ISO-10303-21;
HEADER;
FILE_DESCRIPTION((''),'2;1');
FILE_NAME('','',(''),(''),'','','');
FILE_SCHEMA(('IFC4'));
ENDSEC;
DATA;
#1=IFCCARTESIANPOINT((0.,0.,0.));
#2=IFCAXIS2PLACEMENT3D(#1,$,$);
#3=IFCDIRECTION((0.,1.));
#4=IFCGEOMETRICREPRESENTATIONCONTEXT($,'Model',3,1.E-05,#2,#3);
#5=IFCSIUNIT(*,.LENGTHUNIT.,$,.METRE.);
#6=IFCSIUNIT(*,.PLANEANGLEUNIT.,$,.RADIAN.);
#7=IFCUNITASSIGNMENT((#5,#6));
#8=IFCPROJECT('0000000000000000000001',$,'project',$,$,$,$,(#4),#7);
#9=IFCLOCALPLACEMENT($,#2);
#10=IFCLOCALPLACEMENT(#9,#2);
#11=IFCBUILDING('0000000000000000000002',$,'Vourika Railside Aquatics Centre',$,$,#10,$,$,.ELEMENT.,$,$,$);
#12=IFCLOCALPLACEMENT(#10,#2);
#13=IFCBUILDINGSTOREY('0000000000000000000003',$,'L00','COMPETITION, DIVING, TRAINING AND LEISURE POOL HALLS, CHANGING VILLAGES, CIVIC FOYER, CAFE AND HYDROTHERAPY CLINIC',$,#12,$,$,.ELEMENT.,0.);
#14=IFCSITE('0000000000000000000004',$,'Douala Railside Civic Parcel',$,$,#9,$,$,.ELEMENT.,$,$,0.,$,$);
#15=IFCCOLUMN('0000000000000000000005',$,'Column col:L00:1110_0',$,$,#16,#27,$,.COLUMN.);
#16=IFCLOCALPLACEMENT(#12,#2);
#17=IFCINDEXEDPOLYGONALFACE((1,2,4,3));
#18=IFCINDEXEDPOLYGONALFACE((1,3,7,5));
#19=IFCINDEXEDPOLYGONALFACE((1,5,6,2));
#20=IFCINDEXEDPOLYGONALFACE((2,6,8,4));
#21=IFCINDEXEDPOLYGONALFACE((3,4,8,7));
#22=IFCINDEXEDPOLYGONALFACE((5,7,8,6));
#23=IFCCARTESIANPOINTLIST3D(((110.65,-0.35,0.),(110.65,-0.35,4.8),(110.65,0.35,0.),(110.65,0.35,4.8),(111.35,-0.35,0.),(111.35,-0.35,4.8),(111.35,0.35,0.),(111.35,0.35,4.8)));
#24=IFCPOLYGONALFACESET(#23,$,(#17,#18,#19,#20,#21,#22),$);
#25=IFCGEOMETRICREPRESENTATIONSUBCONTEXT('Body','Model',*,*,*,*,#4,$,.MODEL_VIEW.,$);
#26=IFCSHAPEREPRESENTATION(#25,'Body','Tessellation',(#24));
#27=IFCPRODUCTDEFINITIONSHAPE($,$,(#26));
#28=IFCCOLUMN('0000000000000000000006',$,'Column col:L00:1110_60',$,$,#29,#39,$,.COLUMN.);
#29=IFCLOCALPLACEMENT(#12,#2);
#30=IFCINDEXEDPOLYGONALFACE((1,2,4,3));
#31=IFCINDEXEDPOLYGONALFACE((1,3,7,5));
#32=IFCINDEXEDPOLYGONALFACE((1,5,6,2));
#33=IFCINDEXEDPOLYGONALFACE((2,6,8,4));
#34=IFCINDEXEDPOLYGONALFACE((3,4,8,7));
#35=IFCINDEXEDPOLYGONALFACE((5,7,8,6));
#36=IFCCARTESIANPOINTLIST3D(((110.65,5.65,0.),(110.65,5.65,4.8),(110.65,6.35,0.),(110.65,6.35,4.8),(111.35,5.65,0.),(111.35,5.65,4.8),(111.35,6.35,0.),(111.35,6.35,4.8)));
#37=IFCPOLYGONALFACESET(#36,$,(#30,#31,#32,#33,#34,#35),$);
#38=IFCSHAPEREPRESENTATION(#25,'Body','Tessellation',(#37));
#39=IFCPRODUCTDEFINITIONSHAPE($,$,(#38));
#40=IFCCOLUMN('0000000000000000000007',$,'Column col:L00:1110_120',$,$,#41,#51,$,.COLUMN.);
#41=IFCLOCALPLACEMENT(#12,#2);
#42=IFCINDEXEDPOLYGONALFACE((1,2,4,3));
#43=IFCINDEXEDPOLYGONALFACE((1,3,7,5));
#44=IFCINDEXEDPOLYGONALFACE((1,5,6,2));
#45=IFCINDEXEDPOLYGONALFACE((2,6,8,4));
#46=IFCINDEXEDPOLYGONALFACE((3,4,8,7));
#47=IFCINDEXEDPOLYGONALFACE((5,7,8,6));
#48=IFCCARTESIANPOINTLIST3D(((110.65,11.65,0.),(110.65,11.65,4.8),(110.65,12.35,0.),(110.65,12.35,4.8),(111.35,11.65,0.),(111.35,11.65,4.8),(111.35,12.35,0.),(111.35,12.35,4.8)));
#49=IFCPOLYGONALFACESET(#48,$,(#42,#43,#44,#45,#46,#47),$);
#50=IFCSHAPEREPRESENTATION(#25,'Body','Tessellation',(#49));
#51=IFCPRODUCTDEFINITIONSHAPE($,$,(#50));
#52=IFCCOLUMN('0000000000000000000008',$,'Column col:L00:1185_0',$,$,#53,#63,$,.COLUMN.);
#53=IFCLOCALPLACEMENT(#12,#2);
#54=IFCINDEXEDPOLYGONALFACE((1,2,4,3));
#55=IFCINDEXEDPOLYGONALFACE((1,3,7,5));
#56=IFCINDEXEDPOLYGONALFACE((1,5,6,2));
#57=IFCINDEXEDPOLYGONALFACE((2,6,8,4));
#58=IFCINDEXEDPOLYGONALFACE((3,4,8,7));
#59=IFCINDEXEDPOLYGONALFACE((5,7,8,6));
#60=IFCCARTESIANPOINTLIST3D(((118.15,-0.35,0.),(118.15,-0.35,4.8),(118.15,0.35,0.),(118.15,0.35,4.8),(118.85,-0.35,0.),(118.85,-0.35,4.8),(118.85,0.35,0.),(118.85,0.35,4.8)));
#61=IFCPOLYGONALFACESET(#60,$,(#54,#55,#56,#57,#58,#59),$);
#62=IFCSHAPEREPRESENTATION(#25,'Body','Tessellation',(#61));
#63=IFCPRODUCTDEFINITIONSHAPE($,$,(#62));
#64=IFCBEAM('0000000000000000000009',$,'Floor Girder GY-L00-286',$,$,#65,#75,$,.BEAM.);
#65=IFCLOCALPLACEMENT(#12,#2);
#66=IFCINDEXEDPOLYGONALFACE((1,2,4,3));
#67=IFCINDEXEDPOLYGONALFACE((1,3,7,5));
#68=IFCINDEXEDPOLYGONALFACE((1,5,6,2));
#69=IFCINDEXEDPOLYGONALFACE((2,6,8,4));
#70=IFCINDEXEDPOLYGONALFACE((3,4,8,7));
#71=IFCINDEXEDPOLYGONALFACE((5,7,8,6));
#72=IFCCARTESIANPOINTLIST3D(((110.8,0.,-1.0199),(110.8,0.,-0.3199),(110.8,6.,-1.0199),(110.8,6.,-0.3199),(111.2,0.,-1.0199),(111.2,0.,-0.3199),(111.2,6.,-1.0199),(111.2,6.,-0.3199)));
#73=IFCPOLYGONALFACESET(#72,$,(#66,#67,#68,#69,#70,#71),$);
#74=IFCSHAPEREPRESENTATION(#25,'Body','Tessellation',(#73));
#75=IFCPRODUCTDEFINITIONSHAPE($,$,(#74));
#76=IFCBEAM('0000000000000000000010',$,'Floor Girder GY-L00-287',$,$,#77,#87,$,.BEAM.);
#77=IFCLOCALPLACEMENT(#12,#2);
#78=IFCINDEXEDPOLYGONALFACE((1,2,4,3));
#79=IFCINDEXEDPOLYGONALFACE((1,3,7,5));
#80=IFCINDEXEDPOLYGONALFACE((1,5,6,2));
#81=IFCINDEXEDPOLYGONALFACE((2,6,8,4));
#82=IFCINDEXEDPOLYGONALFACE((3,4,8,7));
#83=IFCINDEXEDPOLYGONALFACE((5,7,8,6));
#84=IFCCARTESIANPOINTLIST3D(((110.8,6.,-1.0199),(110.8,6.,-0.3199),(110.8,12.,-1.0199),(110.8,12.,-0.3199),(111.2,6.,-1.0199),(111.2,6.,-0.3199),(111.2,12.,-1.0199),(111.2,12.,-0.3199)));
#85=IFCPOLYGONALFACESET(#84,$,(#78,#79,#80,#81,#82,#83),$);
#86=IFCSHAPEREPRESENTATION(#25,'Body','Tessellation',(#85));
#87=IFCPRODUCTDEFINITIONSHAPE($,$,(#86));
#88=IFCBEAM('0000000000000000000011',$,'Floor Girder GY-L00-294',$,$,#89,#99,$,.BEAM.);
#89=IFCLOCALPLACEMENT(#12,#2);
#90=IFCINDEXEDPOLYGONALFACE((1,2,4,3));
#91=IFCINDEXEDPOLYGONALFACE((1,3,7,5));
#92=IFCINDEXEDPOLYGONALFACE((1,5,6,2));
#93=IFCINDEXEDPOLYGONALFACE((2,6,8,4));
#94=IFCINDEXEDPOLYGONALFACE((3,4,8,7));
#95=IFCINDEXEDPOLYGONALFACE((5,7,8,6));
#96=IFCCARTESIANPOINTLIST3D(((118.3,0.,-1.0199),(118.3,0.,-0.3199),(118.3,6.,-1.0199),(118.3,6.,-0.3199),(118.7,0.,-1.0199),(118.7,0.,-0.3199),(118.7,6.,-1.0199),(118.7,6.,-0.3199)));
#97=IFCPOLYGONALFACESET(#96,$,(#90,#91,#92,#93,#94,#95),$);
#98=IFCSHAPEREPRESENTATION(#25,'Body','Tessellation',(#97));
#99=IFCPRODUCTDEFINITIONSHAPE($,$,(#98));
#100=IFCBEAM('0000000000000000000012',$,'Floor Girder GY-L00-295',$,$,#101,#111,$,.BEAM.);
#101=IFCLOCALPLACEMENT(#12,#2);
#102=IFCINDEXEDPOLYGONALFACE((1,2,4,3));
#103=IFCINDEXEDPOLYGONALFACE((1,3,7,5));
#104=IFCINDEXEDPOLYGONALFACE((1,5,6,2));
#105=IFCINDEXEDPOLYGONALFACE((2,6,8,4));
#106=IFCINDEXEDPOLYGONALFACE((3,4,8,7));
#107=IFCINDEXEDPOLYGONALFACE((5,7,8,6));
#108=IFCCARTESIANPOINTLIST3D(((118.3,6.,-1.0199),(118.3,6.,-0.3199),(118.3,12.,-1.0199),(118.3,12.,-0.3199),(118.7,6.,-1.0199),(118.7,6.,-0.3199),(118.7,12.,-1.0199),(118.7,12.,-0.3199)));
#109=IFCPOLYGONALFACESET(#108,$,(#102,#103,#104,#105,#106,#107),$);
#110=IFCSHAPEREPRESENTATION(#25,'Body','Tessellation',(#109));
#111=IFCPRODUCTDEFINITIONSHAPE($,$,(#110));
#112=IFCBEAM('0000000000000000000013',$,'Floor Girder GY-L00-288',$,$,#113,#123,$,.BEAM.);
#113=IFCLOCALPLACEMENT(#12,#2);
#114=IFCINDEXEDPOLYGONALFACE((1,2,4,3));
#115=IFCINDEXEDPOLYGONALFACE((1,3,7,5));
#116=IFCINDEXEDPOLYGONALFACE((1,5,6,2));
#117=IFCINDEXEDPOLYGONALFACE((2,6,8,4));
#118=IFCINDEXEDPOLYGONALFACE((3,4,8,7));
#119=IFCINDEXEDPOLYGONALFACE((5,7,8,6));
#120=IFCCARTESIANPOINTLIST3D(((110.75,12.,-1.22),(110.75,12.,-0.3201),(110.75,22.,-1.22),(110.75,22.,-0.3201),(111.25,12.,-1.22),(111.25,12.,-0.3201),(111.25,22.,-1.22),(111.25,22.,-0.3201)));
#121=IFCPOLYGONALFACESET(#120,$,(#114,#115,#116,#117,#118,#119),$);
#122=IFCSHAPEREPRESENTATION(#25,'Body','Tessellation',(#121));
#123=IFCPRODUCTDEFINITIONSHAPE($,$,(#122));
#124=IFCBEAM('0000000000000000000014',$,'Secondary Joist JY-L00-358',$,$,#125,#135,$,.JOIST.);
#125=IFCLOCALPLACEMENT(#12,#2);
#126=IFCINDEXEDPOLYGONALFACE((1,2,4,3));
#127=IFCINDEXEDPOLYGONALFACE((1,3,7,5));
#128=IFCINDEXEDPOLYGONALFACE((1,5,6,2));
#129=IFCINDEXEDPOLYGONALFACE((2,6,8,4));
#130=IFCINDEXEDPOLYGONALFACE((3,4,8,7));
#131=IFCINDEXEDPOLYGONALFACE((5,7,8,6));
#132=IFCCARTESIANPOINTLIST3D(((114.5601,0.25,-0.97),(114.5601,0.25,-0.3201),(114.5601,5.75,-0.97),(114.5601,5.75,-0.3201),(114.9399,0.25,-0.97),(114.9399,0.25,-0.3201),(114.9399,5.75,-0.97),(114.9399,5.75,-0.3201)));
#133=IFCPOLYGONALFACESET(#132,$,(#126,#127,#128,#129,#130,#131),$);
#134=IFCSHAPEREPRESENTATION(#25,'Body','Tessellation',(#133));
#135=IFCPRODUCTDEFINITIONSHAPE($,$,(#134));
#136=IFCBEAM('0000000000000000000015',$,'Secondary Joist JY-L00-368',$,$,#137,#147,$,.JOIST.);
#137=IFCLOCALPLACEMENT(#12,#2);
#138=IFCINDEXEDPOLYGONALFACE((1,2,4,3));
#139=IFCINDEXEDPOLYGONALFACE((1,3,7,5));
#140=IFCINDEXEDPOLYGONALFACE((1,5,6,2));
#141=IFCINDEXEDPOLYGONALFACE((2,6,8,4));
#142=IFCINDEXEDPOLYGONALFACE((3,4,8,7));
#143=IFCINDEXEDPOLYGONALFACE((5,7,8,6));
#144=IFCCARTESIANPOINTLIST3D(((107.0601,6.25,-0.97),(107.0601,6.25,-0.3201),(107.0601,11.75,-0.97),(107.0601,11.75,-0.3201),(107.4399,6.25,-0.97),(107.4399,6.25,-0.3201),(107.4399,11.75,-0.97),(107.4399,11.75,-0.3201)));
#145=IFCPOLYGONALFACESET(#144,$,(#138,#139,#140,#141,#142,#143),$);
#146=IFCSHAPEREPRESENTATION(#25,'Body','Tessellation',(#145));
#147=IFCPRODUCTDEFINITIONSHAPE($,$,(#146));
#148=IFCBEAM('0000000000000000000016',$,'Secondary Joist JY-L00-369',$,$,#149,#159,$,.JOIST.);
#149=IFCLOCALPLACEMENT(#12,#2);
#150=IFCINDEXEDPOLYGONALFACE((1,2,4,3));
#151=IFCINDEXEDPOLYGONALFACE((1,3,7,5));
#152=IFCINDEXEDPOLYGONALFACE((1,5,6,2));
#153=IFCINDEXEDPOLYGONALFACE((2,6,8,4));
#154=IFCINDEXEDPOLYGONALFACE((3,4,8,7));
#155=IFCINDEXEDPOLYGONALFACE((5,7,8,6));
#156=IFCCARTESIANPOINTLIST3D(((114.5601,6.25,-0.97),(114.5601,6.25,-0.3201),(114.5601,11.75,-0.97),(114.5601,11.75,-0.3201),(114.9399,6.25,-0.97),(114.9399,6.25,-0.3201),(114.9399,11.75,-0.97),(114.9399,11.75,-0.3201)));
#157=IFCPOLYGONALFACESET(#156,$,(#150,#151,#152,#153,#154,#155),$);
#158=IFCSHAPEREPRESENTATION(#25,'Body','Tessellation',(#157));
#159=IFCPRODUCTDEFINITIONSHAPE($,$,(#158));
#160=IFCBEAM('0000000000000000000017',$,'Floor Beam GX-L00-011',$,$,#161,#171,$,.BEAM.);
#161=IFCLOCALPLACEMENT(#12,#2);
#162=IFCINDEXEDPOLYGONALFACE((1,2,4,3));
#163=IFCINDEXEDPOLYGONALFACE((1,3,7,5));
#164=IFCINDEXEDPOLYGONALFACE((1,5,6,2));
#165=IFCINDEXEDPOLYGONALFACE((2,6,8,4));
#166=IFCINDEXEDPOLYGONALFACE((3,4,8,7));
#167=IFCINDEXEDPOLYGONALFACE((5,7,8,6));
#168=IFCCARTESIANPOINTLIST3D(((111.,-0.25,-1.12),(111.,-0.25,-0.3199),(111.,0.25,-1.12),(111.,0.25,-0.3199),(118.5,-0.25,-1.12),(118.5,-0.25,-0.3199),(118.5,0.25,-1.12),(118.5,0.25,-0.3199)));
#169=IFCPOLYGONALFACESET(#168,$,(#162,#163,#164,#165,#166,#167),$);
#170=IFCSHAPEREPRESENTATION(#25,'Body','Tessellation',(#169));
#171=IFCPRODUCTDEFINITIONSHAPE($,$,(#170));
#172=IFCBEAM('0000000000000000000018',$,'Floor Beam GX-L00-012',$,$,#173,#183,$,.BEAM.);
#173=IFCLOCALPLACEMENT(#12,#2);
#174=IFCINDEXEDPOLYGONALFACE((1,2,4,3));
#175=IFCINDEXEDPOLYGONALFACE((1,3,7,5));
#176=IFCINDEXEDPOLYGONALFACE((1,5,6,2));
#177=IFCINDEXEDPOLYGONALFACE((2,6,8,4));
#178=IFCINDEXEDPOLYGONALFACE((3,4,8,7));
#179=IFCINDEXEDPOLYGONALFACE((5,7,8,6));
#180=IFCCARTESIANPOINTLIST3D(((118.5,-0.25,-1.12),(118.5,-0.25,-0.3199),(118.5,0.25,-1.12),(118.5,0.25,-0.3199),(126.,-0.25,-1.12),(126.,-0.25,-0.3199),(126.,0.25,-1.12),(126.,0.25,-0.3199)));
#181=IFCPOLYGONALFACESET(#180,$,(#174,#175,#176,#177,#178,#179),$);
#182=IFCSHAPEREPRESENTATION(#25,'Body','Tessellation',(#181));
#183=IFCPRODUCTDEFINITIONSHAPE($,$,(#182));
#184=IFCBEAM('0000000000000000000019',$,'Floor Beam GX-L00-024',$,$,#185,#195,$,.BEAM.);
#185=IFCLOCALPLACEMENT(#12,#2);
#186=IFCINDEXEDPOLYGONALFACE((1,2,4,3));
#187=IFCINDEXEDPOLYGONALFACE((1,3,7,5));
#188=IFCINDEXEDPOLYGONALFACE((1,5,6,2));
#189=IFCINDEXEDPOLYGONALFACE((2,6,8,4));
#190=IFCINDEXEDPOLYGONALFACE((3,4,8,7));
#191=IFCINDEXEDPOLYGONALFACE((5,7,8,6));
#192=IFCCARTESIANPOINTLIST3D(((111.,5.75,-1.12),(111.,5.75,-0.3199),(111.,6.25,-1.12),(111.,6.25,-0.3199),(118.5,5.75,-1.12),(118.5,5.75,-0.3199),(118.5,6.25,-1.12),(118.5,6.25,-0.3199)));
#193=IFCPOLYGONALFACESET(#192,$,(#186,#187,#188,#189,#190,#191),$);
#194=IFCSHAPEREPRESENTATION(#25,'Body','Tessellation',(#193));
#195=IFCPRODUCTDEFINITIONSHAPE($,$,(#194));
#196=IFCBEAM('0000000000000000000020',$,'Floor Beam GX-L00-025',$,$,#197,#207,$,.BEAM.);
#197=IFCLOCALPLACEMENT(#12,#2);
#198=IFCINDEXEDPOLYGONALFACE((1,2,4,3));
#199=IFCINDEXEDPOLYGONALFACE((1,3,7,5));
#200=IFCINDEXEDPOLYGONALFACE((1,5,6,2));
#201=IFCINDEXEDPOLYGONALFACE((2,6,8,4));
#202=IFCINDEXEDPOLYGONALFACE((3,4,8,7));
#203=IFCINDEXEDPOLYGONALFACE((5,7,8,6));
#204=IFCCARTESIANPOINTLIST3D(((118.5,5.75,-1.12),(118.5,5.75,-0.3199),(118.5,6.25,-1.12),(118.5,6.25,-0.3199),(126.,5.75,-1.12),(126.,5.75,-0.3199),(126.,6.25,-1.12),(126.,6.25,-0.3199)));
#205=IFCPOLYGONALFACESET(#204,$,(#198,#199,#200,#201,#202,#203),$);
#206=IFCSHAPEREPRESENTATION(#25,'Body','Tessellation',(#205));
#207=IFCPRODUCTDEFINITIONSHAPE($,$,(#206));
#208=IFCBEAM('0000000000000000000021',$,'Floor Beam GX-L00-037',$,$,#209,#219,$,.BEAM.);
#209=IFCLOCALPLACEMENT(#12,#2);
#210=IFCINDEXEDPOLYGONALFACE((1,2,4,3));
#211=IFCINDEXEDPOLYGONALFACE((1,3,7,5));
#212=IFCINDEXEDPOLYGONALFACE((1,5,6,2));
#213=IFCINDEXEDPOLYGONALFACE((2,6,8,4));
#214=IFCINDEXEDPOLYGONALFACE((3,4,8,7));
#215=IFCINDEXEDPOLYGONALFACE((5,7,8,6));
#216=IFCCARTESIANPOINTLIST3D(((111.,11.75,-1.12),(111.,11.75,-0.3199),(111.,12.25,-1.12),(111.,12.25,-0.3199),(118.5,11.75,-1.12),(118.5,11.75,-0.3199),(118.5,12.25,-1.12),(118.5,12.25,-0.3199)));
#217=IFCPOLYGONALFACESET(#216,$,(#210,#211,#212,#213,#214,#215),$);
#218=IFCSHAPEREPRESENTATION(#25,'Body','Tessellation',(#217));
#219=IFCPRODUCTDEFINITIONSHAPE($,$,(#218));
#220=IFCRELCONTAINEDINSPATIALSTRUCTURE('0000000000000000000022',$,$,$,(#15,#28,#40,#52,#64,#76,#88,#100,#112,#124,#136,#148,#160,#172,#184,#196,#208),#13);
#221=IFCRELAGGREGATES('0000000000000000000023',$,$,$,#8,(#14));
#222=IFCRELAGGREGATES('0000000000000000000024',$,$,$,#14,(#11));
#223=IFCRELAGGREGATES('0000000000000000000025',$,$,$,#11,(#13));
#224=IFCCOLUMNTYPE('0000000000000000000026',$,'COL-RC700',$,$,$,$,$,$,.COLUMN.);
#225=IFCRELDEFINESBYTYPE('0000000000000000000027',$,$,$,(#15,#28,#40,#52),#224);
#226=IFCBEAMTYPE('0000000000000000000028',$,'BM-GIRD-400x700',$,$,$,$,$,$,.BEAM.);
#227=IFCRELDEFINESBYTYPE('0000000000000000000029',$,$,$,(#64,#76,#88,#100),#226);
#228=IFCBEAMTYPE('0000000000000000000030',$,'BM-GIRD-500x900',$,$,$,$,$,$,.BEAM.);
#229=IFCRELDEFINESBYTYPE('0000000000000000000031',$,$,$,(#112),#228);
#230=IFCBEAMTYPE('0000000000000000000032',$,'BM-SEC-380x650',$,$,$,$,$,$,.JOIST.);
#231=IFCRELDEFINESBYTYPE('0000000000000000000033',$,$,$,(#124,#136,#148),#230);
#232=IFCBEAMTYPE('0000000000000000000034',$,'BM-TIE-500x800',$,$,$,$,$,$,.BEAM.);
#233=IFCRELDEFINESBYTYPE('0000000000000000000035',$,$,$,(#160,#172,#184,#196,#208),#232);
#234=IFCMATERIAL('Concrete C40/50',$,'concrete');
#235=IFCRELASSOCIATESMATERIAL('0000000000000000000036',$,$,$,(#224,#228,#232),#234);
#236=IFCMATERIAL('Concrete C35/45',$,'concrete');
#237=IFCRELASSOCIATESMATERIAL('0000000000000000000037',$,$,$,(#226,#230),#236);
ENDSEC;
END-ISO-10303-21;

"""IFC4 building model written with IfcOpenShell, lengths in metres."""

from ifc_helpers import new_model, si_unit, direction, frame, origin, origin_2d, place, context, subcontext, project, spatial, rectangle, extrude, material, material_profile, profile_set, type_object, element, save


model = new_model("IFC4")

# Units and contexts
model_context = context("Model", 3, precision=1e-05, world=origin(), true_north=direction((0.0, 1.0)))
body_context = subcontext(model_context, "Body", "Model", "MODEL_VIEW")
ifc_project = project(units=[si_unit("LENGTHUNIT", "METRE"), si_unit("PLANEANGLEUNIT", "RADIAN")], contexts=[model_context])

# Site, building, storey
site_placement = place(None, origin())
site = spatial("IfcSite", under=ifc_project, at=site_placement, Name="Douala Railside Civic Parcel", CompositionType="ELEMENT", RefElevation=0.0)
building_placement = place(site_placement, origin())
building = spatial("IfcBuilding", under=site, at=building_placement, Name="Vourika Railside Aquatics Centre", CompositionType="ELEMENT")
storey_placement = place(building_placement, origin())
storey = spatial("IfcBuildingStorey", under=building, at=storey_placement, Name="L00", Description="COMPETITION, DIVING, TRAINING AND LEISURE POOL HALLS, CHANGING VILLAGES, CIVIC FOYER, CAFE AND HYDROTHERAPY CLINIC", CompositionType="ELEMENT", Elevation=0.0)

# Columns
ifc_material_1 = material(Name="Concrete C40/50", Category="concrete")
ifc_material_profile_1 = material_profile(ifc_material_1, rectangle(XDim=0.7, YDim=0.7, at=origin_2d()), Name="RC 700x700")
ifc_profile_set_1 = profile_set([ifc_material_profile_1], Name="Concrete C40/50")
column_type = type_object("IfcColumnType", Name="COL-RC700", PredefinedType="COLUMN", material=ifc_profile_set_1)
for number, where, z_axis, x_axis, name in (
    (1, (111.0, 0.0, 0.0), (0.0, 0.0, 1.0), (1.0, 0.0, 0.0), "Column col:L00:1110_0"),
    (2, (111.0, 6.0, 0.0), (0.0, 0.0, 1.0), (1.0, 0.0, 0.0), "Column col:L00:1110_60"),
    (3, (111.0, 12.0, 0.0), (0.0, 0.0, 1.0), (1.0, 0.0, 0.0), "Column col:L00:1110_120"),
    (4, (118.5, 0.0, 0.0), (0.0, 0.0, 1.0), (1.0, 0.0, 0.0), "Column col:L00:1185_0"),
):
    element("IfcColumn", number, at=place(storey_placement, frame(where, z_axis=z_axis, x_axis=x_axis)), inside=storey, type_object=column_type, Name=name, PredefinedType="COLUMN", context=body_context, shape_type="SweptSolid", body=[
        extrude(rectangle(XDim=0.7, YDim=0.7, at=origin_2d()), origin(), (0.0, 0.0, 1.0), 4.8),
    ])

# Beams
ifc_material_2 = material(Name="Concrete C35/45", Category="concrete")
ifc_material_profile_2 = material_profile(ifc_material_2, rectangle(XDim=0.3999, YDim=0.7, at=origin_2d()), Name="RC 400x700")
ifc_profile_set_2 = profile_set([ifc_material_profile_2], Name="Concrete C35/45")
beam_type_1 = type_object("IfcBeamType", Name="BM-GIRD-400x700", PredefinedType="BEAM", material=ifc_profile_set_2)
for number, where, z_axis, x_axis, name in (
    (5, (111.0, 0.0, -0.6699), (0.0, 1.0, 0.0), (-1.0, 0.0, 0.0), "Floor Girder GY-L00-286"),
    (6, (111.0, 6.0, -0.6699), (0.0, 1.0, 0.0), (-1.0, 0.0, 0.0), "Floor Girder GY-L00-287"),
    (7, (118.5, 0.0, -0.6699), (0.0, 1.0, 0.0), (-1.0, 0.0, 0.0), "Floor Girder GY-L00-294"),
    (8, (118.5, 6.0, -0.6699), (0.0, 1.0, 0.0), (-1.0, 0.0, 0.0), "Floor Girder GY-L00-295"),
):
    element("IfcBeam", number, at=place(storey_placement, frame(where, z_axis=z_axis, x_axis=x_axis)), inside=storey, type_object=beam_type_1, Name=name, PredefinedType="BEAM", context=body_context, shape_type="SweptSolid", body=[
        extrude(rectangle(XDim=0.3999, YDim=0.7, at=origin_2d()), origin(), (0.0, 0.0, 1.0), 6.0),
    ])
ifc_material_profile_3 = material_profile(ifc_material_1, rectangle(XDim=0.5, YDim=0.8999, at=origin_2d()), Name="RC 500x900")
ifc_profile_set_3 = profile_set([ifc_material_profile_3], Name="Concrete C40/50")
beam_type_2 = type_object("IfcBeamType", Name="BM-GIRD-500x900", PredefinedType="BEAM", material=ifc_profile_set_3)
beam_placement = place(storey_placement, frame((111.0, 12.0, -0.77), z_axis=(0.0, 1.0, 0.0), x_axis=(-1.0, 0.0, 0.0)))
element("IfcBeam", 9, at=beam_placement, inside=storey, type_object=beam_type_2, Name="Floor Girder GY-L00-288", PredefinedType="BEAM", context=body_context, shape_type="SweptSolid", body=[
    extrude(rectangle(XDim=0.5, YDim=0.8999, at=origin_2d()), origin(), (0.0, 0.0, 1.0), 10.0),
])
ifc_material_profile_4 = material_profile(ifc_material_2, rectangle(XDim=0.3799, YDim=0.6499, at=origin_2d()), Name="RC 380x650")
ifc_profile_set_4 = profile_set([ifc_material_profile_4], Name="Concrete C35/45")
beam_type_3 = type_object("IfcBeamType", Name="BM-SEC-380x650", PredefinedType="JOIST", material=ifc_profile_set_4)
for number, where, z_axis, x_axis, name in (
    (10, (114.75, 0.25, -0.645), (0.0, 1.0, 0.0), (-1.0, 0.0, 0.0), "Secondary Joist JY-L00-358"),
    (11, (107.25, 6.25, -0.645), (0.0, 1.0, 0.0), (-1.0, 0.0, 0.0), "Secondary Joist JY-L00-368"),
    (12, (114.75, 6.25, -0.645), (0.0, 1.0, 0.0), (-1.0, 0.0, 0.0), "Secondary Joist JY-L00-369"),
):
    element("IfcBeam", number, at=place(storey_placement, frame(where, z_axis=z_axis, x_axis=x_axis)), inside=storey, type_object=beam_type_3, Name=name, PredefinedType="JOIST", context=body_context, shape_type="SweptSolid", body=[
        extrude(rectangle(XDim=0.3799, YDim=0.6499, at=origin_2d()), origin(), (0.0, 0.0, 1.0), 5.5),
    ])
ifc_material_profile_5 = material_profile(ifc_material_1, rectangle(XDim=0.5, YDim=0.8, at=origin_2d()), Name="RC 500x800")
ifc_profile_set_5 = profile_set([ifc_material_profile_5], Name="Concrete C40/50")
beam_type_4 = type_object("IfcBeamType", Name="BM-TIE-500x800", PredefinedType="BEAM", material=ifc_profile_set_5)
for number, where, z_axis, x_axis, name in (
    (13, (111.0, 0.0, -0.72), (1.0, 0.0, 0.0), (0.0, 1.0, 0.0), "Floor Beam GX-L00-011"),
    (14, (118.5, 0.0, -0.72), (1.0, 0.0, 0.0), (0.0, 1.0, 0.0), "Floor Beam GX-L00-012"),
    (15, (111.0, 6.0, -0.72), (1.0, 0.0, 0.0), (0.0, 1.0, 0.0), "Floor Beam GX-L00-024"),
    (16, (118.5, 6.0, -0.72), (1.0, 0.0, 0.0), (0.0, 1.0, 0.0), "Floor Beam GX-L00-025"),
    (17, (111.0, 12.0, -0.72), (1.0, 0.0, 0.0), (0.0, 1.0, 0.0), "Floor Beam GX-L00-037"),
):
    element("IfcBeam", number, at=place(storey_placement, frame(where, z_axis=z_axis, x_axis=x_axis)), inside=storey, type_object=beam_type_4, Name=name, PredefinedType="BEAM", context=body_context, shape_type="SweptSolid", body=[
        extrude(rectangle(XDim=0.5, YDim=0.8, at=origin_2d()), origin(), (0.0, 0.0, 1.0), 7.5),
    ])

save(model, "model.ifc")
